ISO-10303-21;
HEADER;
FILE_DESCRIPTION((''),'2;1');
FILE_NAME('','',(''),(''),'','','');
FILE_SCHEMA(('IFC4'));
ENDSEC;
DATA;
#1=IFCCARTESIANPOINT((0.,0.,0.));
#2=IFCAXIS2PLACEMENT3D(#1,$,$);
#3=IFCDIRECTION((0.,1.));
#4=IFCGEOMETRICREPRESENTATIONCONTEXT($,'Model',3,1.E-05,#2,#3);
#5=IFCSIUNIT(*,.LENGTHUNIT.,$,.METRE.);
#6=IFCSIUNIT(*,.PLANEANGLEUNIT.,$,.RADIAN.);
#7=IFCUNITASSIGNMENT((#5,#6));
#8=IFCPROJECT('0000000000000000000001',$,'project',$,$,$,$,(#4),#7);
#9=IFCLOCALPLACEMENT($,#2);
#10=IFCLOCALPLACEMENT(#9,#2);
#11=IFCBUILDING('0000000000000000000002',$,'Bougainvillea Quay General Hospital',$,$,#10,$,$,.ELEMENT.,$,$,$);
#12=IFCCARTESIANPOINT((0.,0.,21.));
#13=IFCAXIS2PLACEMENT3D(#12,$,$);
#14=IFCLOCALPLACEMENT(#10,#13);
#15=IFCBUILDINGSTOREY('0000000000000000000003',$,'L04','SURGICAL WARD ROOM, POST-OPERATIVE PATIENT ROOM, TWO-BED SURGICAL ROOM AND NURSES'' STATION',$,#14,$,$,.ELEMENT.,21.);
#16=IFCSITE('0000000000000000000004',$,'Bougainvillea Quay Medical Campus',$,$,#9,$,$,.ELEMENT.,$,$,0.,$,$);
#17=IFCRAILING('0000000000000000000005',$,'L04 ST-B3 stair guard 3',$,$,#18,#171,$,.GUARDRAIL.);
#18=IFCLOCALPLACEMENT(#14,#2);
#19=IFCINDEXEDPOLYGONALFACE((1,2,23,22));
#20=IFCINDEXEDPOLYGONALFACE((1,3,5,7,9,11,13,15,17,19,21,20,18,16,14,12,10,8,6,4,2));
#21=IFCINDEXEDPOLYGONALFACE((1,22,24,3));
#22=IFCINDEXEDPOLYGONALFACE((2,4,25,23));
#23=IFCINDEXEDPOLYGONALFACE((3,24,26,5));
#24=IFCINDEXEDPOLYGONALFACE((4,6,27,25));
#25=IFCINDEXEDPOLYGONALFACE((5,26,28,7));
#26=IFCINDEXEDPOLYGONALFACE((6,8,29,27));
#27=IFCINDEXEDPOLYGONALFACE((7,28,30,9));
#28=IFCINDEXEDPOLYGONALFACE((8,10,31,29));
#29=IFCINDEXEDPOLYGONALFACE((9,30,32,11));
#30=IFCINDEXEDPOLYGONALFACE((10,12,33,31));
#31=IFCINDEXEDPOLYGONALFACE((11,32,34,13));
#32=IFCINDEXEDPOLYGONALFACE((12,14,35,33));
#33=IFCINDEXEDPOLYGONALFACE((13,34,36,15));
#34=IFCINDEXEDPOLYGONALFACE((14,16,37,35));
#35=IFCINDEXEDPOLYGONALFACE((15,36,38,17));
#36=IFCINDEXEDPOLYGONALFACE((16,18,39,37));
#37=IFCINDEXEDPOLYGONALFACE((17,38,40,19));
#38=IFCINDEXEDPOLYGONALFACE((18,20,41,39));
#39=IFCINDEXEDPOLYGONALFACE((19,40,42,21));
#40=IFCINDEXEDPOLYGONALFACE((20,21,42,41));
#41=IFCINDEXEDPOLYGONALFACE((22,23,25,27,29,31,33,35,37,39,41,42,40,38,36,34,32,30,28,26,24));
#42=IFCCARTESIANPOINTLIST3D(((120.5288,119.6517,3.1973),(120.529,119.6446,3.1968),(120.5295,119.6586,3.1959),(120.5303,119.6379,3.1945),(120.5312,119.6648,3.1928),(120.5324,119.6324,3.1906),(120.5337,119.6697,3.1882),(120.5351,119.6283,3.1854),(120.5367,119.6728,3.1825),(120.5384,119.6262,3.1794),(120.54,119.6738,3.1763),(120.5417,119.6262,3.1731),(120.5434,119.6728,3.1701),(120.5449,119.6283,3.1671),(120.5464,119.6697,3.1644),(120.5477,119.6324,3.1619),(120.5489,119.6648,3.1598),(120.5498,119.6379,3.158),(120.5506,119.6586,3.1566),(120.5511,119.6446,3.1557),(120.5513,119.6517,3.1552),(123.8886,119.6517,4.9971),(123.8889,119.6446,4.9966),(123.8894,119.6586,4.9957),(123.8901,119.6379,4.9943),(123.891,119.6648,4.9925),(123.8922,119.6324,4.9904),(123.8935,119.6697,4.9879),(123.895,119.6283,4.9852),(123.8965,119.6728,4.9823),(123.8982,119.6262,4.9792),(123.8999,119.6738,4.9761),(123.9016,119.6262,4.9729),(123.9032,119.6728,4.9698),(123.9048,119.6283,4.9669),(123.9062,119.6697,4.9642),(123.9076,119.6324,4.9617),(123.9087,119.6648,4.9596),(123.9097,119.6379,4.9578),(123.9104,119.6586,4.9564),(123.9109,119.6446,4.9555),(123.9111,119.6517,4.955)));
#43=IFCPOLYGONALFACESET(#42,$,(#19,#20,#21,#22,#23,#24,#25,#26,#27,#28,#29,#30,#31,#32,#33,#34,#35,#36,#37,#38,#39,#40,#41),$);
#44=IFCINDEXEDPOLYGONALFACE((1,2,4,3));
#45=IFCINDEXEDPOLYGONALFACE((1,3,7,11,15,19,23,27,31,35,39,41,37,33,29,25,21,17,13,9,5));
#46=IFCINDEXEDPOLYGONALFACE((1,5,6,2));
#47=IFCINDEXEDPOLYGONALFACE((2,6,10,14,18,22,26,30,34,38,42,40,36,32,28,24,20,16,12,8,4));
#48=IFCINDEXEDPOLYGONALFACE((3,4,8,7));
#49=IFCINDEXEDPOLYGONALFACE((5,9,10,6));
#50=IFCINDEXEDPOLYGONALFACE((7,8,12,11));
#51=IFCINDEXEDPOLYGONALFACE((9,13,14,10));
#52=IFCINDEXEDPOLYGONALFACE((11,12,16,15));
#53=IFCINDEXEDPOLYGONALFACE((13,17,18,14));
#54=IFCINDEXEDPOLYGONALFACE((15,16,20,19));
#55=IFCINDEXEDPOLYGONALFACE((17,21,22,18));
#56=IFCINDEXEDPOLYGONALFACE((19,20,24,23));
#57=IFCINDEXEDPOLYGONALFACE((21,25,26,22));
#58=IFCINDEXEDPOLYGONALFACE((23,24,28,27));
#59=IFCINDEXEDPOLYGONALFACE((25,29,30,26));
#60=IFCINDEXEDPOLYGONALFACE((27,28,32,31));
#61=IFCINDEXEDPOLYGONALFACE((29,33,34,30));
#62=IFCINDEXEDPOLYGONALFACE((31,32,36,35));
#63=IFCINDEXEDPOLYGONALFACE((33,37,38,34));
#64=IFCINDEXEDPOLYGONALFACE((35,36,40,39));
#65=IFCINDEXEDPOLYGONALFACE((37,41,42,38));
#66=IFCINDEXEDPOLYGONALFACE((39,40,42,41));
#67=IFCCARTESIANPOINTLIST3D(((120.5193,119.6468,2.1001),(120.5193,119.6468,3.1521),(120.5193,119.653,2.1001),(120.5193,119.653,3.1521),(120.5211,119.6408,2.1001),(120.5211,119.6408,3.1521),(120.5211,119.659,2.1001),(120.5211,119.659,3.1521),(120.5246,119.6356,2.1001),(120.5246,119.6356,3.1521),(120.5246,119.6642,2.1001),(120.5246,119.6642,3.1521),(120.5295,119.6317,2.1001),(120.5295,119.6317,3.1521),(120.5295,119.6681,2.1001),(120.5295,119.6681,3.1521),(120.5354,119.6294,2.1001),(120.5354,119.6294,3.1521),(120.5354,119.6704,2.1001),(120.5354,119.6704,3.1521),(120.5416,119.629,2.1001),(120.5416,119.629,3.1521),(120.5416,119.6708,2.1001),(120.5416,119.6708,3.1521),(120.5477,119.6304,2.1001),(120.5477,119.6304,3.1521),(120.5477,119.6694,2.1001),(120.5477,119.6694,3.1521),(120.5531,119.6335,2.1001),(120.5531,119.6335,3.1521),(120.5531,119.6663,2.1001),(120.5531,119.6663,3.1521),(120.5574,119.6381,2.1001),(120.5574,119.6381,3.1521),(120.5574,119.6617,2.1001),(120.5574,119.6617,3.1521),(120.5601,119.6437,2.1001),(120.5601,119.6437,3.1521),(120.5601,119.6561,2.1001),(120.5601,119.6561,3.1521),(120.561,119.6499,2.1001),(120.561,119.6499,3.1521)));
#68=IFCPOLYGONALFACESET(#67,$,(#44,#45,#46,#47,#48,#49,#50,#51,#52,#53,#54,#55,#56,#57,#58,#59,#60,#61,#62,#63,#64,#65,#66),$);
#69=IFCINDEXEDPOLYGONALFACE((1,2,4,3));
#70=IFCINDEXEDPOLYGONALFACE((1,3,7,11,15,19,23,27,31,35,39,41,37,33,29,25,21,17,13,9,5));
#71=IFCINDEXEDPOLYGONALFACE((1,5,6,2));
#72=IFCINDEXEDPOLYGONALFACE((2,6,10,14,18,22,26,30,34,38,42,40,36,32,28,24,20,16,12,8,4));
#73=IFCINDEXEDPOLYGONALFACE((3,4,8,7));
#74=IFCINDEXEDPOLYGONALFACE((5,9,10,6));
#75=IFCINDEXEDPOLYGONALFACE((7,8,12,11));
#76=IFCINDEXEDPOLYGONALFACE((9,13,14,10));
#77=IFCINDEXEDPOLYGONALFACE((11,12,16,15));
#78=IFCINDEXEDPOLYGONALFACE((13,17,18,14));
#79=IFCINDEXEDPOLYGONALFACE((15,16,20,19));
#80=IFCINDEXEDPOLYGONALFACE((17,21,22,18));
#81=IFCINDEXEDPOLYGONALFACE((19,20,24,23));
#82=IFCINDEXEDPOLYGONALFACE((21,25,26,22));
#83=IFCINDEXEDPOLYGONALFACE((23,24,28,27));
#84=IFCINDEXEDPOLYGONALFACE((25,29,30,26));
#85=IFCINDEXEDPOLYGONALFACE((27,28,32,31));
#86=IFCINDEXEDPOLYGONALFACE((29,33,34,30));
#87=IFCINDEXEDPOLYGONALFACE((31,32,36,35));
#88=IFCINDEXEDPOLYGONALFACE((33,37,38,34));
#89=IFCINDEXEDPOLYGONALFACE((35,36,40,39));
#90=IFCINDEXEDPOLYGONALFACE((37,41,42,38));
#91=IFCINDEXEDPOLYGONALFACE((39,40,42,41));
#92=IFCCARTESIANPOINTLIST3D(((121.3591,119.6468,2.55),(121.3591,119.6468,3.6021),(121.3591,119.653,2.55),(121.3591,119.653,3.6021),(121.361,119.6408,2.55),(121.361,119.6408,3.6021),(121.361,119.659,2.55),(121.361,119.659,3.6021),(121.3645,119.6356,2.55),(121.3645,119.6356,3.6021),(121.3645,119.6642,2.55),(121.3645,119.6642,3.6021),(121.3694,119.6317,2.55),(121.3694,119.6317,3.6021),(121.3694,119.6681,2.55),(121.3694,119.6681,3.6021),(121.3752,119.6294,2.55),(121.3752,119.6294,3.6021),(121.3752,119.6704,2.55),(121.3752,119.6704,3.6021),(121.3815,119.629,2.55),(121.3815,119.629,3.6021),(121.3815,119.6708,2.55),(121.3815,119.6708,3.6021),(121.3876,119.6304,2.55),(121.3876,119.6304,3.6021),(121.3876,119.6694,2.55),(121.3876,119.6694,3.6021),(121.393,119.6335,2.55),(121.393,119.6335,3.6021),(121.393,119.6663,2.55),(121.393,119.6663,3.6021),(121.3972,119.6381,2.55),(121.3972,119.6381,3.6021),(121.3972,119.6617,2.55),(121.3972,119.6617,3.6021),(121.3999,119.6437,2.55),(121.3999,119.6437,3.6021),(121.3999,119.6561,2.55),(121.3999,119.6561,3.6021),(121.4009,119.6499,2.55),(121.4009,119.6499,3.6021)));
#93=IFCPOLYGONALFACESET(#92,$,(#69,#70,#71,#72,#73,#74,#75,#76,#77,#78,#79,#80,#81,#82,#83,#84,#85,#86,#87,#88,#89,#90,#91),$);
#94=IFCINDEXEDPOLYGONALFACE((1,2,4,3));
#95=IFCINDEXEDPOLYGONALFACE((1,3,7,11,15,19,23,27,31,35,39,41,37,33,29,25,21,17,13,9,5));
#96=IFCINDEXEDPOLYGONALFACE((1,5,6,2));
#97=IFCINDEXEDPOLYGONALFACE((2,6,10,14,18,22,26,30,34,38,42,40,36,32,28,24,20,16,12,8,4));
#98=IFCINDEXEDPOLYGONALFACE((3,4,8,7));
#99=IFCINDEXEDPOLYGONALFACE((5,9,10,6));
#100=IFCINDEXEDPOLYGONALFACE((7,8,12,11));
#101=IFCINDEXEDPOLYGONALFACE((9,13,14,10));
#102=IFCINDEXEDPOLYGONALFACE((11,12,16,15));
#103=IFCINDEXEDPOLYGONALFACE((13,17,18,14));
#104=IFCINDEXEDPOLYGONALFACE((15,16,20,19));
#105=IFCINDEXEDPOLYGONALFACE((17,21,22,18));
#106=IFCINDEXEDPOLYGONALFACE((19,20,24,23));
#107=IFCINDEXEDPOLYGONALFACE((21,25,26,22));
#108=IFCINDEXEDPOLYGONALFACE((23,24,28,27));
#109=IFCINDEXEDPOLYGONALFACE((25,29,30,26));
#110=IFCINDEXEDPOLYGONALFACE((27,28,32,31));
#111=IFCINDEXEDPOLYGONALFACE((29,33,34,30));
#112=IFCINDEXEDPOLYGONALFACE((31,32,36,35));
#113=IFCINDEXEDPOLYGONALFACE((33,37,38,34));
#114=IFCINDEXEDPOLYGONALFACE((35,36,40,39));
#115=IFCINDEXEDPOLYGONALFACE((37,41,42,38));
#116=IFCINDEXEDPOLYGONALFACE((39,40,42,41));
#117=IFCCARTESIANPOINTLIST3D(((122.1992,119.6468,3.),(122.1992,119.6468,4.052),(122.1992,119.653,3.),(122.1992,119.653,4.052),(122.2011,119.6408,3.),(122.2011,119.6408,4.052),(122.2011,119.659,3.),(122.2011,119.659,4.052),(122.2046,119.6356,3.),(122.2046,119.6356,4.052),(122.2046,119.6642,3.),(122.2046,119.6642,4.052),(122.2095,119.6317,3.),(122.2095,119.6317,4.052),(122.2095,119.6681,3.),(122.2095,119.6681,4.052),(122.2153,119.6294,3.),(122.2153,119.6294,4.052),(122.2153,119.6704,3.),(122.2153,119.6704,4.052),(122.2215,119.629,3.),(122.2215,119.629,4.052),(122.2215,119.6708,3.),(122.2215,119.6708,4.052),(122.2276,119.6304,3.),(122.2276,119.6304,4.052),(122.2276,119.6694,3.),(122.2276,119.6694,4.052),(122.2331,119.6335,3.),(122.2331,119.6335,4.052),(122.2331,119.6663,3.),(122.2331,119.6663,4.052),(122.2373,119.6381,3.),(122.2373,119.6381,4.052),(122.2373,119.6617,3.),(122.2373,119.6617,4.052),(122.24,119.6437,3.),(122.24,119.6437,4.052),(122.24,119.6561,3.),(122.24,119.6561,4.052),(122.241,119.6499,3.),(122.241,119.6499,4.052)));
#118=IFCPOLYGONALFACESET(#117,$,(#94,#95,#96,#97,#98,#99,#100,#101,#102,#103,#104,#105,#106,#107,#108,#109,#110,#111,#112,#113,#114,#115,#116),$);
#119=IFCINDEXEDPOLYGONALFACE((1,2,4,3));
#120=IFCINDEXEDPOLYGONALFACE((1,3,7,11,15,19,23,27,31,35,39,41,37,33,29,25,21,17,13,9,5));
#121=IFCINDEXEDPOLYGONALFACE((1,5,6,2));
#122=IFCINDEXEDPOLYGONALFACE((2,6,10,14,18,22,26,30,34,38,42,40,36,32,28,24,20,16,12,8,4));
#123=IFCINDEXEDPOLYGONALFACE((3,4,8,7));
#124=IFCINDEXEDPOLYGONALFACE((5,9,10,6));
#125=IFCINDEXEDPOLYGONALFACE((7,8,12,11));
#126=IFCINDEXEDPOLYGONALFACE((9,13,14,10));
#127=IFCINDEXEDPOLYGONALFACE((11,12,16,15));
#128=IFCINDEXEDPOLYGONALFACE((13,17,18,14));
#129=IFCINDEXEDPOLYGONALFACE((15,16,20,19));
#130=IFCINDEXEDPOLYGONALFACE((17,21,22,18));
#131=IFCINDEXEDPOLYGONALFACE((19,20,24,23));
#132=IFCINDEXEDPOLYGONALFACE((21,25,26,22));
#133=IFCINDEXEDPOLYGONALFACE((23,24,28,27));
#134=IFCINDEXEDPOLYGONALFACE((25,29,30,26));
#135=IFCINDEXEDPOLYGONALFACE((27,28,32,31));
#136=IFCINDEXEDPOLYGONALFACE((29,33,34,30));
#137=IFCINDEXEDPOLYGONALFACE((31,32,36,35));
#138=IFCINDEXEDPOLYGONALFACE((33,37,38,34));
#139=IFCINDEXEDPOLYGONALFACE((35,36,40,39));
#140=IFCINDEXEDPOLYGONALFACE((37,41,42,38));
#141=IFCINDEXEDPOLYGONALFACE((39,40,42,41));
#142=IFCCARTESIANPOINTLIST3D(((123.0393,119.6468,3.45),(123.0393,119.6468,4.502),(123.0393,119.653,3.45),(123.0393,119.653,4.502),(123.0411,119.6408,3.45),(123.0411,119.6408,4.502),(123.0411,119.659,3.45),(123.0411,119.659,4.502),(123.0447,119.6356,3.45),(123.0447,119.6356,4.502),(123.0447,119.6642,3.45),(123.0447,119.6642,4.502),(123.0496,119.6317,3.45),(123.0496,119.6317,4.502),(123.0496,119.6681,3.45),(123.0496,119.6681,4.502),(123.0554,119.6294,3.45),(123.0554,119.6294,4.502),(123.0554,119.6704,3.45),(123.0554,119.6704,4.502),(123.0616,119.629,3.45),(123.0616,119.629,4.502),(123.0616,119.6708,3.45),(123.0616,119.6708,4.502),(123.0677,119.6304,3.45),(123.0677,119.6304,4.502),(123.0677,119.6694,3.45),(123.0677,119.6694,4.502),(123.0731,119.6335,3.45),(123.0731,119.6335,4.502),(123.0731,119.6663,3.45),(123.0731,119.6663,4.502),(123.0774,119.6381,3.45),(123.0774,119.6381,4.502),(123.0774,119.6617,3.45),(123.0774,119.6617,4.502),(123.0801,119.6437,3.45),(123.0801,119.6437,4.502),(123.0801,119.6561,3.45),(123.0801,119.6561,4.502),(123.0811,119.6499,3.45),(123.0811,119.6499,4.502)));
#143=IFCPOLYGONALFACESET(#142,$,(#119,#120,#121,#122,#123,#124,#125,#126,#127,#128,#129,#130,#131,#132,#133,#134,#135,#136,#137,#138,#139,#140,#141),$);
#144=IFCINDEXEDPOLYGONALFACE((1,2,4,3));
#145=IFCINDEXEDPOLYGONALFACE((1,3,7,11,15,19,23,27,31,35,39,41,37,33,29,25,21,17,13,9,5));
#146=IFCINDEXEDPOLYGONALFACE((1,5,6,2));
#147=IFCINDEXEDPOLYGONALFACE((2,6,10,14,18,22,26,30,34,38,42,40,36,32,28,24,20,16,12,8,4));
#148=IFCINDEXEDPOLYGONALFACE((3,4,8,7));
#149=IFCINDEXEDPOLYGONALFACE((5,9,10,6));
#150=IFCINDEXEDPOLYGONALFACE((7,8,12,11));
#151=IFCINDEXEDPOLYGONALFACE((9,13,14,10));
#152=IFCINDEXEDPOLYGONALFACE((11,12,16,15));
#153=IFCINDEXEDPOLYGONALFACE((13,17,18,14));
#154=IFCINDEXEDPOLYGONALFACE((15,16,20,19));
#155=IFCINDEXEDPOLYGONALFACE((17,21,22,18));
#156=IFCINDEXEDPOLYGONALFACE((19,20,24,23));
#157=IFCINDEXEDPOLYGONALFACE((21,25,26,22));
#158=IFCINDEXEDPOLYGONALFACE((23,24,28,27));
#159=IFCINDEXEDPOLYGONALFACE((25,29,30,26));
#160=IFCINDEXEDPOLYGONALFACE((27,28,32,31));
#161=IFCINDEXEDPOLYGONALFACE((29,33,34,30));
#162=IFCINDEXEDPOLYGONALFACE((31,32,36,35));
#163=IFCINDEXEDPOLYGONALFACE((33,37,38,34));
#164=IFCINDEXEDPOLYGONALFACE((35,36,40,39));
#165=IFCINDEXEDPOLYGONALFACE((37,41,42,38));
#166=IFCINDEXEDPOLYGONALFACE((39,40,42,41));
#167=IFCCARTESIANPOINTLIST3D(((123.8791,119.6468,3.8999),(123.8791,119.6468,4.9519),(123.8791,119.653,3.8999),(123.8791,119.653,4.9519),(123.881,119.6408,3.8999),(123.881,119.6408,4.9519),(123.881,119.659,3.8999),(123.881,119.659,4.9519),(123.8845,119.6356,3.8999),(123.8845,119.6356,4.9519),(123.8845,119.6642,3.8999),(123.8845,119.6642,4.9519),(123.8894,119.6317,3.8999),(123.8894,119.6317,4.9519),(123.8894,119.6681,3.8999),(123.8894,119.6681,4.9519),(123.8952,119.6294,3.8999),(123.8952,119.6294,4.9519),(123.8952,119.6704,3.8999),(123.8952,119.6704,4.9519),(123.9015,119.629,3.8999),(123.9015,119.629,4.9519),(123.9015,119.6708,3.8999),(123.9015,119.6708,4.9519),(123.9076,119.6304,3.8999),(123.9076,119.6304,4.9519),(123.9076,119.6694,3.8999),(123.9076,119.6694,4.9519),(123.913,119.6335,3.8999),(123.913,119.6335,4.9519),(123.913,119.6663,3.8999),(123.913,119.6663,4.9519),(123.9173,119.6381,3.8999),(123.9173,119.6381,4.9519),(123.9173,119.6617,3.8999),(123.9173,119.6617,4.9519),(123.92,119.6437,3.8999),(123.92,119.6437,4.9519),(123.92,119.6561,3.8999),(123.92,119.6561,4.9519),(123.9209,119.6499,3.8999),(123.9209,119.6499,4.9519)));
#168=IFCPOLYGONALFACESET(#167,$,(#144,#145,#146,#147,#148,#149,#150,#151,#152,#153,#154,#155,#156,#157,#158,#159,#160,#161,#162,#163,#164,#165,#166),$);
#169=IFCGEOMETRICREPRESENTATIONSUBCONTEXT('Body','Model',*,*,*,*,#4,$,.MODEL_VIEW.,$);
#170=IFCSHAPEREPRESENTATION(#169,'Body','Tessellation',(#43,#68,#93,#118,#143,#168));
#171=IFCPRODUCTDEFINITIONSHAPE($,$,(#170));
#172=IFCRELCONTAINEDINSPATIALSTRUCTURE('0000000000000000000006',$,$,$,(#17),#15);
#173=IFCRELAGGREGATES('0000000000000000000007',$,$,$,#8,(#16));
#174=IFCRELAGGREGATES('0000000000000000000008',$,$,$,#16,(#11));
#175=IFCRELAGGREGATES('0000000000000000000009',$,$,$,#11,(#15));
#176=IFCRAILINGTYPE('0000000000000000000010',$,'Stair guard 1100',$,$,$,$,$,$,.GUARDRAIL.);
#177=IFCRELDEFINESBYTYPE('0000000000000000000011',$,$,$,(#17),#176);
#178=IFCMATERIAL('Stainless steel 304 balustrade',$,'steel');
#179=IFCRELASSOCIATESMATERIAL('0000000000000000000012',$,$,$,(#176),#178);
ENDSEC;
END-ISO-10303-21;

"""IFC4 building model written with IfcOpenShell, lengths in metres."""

from ifc_helpers import new_model, si_unit, direction, frame, origin, origin_2d, place, context, subcontext, project, spatial, circle, extrude, material, type_object, element, save


model = new_model("IFC4")

# Units and contexts
model_context = context("Model", 3, precision=1e-05, world=origin(), true_north=direction((0.0, 1.0)))
body_context = subcontext(model_context, "Body", "Model", "MODEL_VIEW")
ifc_project = project(units=[si_unit("LENGTHUNIT", "METRE"), si_unit("PLANEANGLEUNIT", "RADIAN")], contexts=[model_context])

# Site, building, storey
site_placement = place(None, origin())
site = spatial("IfcSite", under=ifc_project, at=site_placement, Name="Bougainvillea Quay Medical Campus", CompositionType="ELEMENT", RefElevation=0.0)
building_placement = place(site_placement, origin())
building = spatial("IfcBuilding", under=site, at=building_placement, Name="Bougainvillea Quay General Hospital", CompositionType="ELEMENT")
storey_placement = place(building_placement, frame((0.0, 0.0, 21.0)))
storey = spatial("IfcBuildingStorey", under=building, at=storey_placement, Name="L04", Description="SURGICAL WARD ROOM, POST-OPERATIVE PATIENT ROOM, TWO-BED SURGICAL ROOM AND NURSES' STATION", CompositionType="ELEMENT", Elevation=21.0)

# Railing
ifc_material_1 = material(Name="Stainless steel 304 balustrade", Category="steel")
railing_type_1 = type_object("IfcRailingType", Name="Stair guard 1100", PredefinedType="GUARDRAIL", material=ifc_material_1)
railing_1_placement = place(storey_placement, frame((120.54, 119.6499, 2.1001)))
element("IfcRailing", 1, at=railing_1_placement, inside=storey, type_object=railing_type_1, Name="L04 ST-B3 stair guard 3", PredefinedType="GUARDRAIL", context=body_context, shape_type="SweptSolid", body=[
    extrude(circle(Radius=0.0239, at=origin_2d()), frame((0.0, 0.0, 1.0762), z_axis=(0.881493, 0.0, 0.472197), x_axis=(0.0, 1.0, 0.0)), (0.0, 0.0, 1.0), 3.8115),
    extrude(circle(Radius=0.021, at=origin_2d()), origin(), (0.0, 0.0, 1.0), 1.052),
    extrude(circle(Radius=0.021, at=origin_2d()), frame((0.8398, 0.0, 0.45)), (0.0, 0.0, 1.0), 1.052),
    extrude(circle(Radius=0.021, at=origin_2d()), frame((1.6799, 0.0, 0.8999)), (0.0, 0.0, 1.0), 1.052),
    extrude(circle(Radius=0.021, at=origin_2d()), frame((2.52, 0.0, 1.3499)), (0.0, 0.0, 1.0), 1.052),
    extrude(circle(Radius=0.021, at=origin_2d()), frame((3.3599, 0.0, 1.7998)), (0.0, 0.0, 1.0), 1.052),
])

save(model, "model.ifc")
